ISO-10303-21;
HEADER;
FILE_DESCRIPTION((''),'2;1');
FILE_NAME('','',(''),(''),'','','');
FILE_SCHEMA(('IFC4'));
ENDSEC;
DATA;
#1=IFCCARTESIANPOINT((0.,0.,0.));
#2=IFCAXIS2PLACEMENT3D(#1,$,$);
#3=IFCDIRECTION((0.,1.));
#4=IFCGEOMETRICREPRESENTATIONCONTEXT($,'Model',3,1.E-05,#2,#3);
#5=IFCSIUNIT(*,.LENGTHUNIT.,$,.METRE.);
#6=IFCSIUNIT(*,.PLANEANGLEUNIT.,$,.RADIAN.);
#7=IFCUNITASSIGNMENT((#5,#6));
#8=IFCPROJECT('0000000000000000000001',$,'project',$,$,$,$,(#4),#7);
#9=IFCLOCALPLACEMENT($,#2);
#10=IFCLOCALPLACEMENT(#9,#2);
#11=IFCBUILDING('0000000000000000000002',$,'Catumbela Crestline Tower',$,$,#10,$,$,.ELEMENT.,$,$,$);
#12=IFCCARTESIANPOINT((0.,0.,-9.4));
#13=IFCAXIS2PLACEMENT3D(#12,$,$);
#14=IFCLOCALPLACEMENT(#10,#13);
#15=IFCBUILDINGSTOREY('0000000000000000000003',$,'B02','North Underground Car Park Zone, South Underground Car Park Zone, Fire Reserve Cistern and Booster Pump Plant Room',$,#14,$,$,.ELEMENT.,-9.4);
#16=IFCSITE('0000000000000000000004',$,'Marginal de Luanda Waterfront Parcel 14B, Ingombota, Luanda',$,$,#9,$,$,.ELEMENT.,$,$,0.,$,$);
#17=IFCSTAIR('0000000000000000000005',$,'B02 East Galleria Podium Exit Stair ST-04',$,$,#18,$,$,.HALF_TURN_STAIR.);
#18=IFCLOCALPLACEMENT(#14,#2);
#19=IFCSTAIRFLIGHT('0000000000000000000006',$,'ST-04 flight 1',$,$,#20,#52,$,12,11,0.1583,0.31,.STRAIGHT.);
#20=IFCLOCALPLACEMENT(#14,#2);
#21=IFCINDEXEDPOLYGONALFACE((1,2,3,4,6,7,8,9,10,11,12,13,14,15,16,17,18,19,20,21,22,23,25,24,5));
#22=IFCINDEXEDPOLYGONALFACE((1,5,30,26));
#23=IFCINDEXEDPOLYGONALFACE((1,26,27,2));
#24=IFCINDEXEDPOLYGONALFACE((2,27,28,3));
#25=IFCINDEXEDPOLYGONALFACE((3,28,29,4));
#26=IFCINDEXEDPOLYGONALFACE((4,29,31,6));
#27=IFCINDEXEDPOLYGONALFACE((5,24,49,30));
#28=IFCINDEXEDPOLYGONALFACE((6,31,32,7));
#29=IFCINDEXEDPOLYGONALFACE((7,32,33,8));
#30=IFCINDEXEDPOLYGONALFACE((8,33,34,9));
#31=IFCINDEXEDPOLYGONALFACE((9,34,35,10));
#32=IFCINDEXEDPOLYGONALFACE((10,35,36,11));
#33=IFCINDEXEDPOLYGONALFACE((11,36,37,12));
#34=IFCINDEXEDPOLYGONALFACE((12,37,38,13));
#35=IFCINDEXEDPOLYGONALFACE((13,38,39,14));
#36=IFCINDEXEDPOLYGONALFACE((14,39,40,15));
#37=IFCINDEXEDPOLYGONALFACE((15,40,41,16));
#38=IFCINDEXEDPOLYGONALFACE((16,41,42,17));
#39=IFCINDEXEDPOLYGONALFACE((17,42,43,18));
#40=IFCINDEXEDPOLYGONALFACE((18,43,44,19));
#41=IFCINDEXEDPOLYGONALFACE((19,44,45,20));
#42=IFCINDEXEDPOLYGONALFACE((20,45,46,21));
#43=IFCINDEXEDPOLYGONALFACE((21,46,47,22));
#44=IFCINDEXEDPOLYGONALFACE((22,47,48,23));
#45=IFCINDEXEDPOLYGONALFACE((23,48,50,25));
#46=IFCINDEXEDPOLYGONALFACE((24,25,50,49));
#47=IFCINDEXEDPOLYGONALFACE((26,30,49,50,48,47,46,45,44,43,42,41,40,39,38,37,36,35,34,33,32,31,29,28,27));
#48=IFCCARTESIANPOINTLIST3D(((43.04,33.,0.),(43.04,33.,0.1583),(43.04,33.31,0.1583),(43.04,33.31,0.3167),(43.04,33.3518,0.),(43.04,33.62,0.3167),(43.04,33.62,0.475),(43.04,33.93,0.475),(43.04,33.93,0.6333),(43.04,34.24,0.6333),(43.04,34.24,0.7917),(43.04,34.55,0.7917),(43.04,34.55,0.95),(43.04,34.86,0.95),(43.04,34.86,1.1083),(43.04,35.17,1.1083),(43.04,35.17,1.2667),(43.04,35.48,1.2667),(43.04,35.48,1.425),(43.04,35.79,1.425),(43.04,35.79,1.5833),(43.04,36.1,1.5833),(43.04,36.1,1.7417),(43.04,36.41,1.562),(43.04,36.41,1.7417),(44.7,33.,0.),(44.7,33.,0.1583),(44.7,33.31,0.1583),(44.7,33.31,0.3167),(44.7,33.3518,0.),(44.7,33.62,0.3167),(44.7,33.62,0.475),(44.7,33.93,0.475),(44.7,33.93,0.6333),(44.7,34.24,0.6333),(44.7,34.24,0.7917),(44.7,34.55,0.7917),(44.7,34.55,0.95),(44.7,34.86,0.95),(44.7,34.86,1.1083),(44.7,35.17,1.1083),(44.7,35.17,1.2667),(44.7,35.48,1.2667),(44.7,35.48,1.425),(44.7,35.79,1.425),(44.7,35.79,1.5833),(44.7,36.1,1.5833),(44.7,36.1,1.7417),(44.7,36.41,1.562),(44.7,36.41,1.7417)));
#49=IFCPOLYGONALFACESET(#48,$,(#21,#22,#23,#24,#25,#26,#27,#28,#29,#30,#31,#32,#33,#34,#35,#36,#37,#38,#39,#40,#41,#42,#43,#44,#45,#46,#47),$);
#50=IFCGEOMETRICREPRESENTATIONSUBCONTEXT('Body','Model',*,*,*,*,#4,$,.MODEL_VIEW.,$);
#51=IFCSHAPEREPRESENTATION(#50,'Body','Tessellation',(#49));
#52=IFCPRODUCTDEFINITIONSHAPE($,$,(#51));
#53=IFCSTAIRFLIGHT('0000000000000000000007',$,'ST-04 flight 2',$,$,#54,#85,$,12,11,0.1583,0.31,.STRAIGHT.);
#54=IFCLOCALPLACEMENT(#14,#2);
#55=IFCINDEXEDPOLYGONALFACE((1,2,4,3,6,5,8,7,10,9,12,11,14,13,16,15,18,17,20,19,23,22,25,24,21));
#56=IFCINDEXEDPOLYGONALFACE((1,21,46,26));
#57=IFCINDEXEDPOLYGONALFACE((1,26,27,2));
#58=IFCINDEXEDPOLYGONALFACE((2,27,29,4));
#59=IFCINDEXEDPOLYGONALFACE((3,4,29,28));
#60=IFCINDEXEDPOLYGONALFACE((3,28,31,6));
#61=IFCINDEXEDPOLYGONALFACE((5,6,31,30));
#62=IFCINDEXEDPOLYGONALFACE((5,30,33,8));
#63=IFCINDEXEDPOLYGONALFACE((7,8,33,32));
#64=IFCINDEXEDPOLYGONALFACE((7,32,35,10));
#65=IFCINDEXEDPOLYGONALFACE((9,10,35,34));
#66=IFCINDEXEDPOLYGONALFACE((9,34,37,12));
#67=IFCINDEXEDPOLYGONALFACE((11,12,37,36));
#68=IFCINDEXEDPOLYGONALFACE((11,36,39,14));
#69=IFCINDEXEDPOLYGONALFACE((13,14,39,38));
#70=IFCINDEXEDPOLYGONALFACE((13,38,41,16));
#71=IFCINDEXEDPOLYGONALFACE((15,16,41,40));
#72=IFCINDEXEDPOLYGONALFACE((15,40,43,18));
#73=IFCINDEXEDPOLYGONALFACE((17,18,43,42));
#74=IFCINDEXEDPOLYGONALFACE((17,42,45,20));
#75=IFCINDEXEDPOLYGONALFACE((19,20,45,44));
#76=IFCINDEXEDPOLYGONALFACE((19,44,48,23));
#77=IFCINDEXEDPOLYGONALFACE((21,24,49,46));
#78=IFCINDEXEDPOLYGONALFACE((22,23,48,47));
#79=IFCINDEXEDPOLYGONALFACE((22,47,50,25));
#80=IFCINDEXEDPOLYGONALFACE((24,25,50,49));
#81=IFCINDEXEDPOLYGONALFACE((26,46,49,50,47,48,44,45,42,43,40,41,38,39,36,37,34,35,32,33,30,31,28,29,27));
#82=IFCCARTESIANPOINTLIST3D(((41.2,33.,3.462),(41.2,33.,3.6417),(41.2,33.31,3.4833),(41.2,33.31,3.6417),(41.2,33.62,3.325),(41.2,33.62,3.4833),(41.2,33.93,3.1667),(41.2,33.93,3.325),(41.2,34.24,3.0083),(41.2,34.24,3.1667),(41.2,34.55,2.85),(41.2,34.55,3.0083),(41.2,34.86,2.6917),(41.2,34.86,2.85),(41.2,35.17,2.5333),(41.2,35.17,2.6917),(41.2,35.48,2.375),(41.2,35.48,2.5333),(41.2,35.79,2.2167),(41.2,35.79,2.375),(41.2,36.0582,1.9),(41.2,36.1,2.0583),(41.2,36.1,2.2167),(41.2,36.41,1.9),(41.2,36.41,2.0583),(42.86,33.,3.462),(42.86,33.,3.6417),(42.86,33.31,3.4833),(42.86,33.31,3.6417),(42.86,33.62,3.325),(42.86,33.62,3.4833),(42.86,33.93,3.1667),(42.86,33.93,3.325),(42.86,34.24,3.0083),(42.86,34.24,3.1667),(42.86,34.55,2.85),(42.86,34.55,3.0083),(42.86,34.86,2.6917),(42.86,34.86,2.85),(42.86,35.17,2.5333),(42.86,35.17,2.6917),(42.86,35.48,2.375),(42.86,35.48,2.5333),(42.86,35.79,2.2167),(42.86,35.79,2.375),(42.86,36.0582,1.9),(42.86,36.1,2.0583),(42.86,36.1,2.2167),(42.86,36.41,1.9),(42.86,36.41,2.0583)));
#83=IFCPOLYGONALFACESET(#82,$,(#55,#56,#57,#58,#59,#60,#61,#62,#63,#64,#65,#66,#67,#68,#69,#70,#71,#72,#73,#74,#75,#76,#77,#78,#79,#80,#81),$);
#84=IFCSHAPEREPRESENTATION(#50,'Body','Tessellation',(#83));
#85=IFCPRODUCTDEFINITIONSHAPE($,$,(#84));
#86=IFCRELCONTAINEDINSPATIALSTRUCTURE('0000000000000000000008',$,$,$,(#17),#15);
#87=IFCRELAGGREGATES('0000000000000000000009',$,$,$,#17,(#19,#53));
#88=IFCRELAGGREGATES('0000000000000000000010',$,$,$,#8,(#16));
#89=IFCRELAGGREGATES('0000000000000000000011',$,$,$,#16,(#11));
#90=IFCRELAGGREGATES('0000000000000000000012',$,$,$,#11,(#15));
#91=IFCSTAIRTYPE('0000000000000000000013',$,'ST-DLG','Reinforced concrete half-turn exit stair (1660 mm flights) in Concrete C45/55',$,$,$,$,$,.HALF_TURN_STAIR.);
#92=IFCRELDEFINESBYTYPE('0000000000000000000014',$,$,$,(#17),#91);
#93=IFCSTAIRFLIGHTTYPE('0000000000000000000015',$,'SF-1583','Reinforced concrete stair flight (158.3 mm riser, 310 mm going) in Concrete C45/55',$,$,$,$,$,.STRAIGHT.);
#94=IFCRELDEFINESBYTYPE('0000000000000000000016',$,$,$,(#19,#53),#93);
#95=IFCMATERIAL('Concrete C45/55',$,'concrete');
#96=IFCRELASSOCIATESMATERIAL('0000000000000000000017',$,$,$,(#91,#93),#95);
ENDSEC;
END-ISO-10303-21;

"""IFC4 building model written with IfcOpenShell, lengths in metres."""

from ifc_helpers import new_model, si_unit, direction, frame, origin, place, context, subcontext, project, spatial, polyline, outline, extrude, material, type_object, element, aggregate, save


model = new_model("IFC4")

# Units and contexts
model_context = context("Model", 3, precision=1e-05, world=origin(), true_north=direction((0.0, 1.0)))
body_context = subcontext(model_context, "Body", "Model", "MODEL_VIEW")
ifc_project = project(units=[si_unit("LENGTHUNIT", "METRE"), si_unit("PLANEANGLEUNIT", "RADIAN")], contexts=[model_context])

# Site, building, storey
site_placement = place(None, origin())
site = spatial("IfcSite", under=ifc_project, at=site_placement, Name="Marginal de Luanda Waterfront Parcel 14B, Ingombota, Luanda", CompositionType="ELEMENT", RefElevation=0.0)
building_placement = place(site_placement, origin())
building = spatial("IfcBuilding", under=site, at=building_placement, Name="Catumbela Crestline Tower", CompositionType="ELEMENT")
storey_placement = place(building_placement, frame((0.0, 0.0, -9.4)))
storey = spatial("IfcBuildingStorey", under=building, at=storey_placement, Name="B02", Description="North Underground Car Park Zone, South Underground Car Park Zone, Fire Reserve Cistern and Booster Pump Plant Room", CompositionType="ELEMENT", Elevation=-9.4)

# Stair, stair flights
ifc_material_1 = material(Name="Concrete C45/55", Category="concrete")
stair_type = type_object("IfcStairType", Name="ST-DLG", Description="Reinforced concrete half-turn exit stair (1660 mm flights) in Concrete C45/55", PredefinedType="HALF_TURN_STAIR", material=ifc_material_1)
stair_placement = place(storey_placement, origin())
stair = element("IfcStair", 1, at=stair_placement, inside=storey, type_object=stair_type, Name="B02 East Galleria Podium Exit Stair ST-04", PredefinedType="HALF_TURN_STAIR")
stair_flight_type = type_object("IfcStairFlightType", Name="SF-1583", Description="Reinforced concrete stair flight (158.3 mm riser, 310 mm going) in Concrete C45/55", PredefinedType="STRAIGHT", material=ifc_material_1)
stair_flight_1_placement = place(storey_placement, frame((43.87, 33.0, 0.0), z_axis=(0.0, 0.0, 1.0), x_axis=(0.0, 1.0, 0.0)))
stair_flight_1 = element("IfcStairFlight", 2, at=stair_flight_1_placement, type_object=stair_flight_type, Name="ST-04 flight 1", NumberOfRisers=12, NumberOfTreads=11, PredefinedType="STRAIGHT", RiserHeight=0.1583, TreadLength=0.31, context=body_context, shape_type="SweptSolid", body=[
    extrude(outline(polyline([(0.0, 0.0), (0.0, 0.1583), (0.31, 0.1583), (0.31, 0.3167), (0.62, 0.3167), (0.62, 0.475), (0.93, 0.475), (0.93, 0.6333), (1.24, 0.6333), (1.24, 0.7917), (1.55, 0.7917), (1.55, 0.95), (1.86, 0.95), (1.86, 1.1083), (2.17, 1.1083), (2.17, 1.2667), (2.48, 1.2667), (2.48, 1.425), (2.79, 1.425), (2.79, 1.5833), (3.1, 1.5833), (3.1, 1.7417), (3.41, 1.7417), (3.41, 1.9), (3.41, 1.562), (0.3518, 0.0), (0.0, 0.0)])), frame((0.0, 0.83, 0.0), z_axis=(0.0, -1.0, 0.0), x_axis=(1.0, 0.0, 0.0)), (0.0, 0.0, 1.0), 1.66),
])
stair_flight_2_placement = place(storey_placement, frame((42.03, 36.41, 1.9), z_axis=(0.0, 0.0, 1.0), x_axis=(0.0, -1.0, 0.0)))
stair_flight_2 = element("IfcStairFlight", 3, at=stair_flight_2_placement, type_object=stair_flight_type, Name="ST-04 flight 2", NumberOfRisers=12, NumberOfTreads=11, PredefinedType="STRAIGHT", RiserHeight=0.1583, TreadLength=0.31, context=body_context, shape_type="SweptSolid", body=[
    extrude(outline(polyline([(0.0, 0.0), (0.0, 0.1583), (0.31, 0.1583), (0.31, 0.3167), (0.62, 0.3167), (0.62, 0.475), (0.93, 0.475), (0.93, 0.6333), (1.24, 0.6333), (1.24, 0.7917), (1.55, 0.7917), (1.55, 0.95), (1.86, 0.95), (1.86, 1.1083), (2.17, 1.1083), (2.17, 1.2667), (2.48, 1.2667), (2.48, 1.425), (2.79, 1.425), (2.79, 1.5833), (3.1, 1.5833), (3.1, 1.7417), (3.41, 1.7417), (3.41, 1.9), (3.41, 1.562), (0.3518, 0.0), (0.0, 0.0)])), frame((0.0, 0.83, 0.0), z_axis=(0.0, -1.0, 0.0), x_axis=(1.0, 0.0, 0.0)), (0.0, 0.0, 1.0), 1.66),
])
aggregate(stair, [stair_flight_1, stair_flight_2])

save(model, "model.ifc")
